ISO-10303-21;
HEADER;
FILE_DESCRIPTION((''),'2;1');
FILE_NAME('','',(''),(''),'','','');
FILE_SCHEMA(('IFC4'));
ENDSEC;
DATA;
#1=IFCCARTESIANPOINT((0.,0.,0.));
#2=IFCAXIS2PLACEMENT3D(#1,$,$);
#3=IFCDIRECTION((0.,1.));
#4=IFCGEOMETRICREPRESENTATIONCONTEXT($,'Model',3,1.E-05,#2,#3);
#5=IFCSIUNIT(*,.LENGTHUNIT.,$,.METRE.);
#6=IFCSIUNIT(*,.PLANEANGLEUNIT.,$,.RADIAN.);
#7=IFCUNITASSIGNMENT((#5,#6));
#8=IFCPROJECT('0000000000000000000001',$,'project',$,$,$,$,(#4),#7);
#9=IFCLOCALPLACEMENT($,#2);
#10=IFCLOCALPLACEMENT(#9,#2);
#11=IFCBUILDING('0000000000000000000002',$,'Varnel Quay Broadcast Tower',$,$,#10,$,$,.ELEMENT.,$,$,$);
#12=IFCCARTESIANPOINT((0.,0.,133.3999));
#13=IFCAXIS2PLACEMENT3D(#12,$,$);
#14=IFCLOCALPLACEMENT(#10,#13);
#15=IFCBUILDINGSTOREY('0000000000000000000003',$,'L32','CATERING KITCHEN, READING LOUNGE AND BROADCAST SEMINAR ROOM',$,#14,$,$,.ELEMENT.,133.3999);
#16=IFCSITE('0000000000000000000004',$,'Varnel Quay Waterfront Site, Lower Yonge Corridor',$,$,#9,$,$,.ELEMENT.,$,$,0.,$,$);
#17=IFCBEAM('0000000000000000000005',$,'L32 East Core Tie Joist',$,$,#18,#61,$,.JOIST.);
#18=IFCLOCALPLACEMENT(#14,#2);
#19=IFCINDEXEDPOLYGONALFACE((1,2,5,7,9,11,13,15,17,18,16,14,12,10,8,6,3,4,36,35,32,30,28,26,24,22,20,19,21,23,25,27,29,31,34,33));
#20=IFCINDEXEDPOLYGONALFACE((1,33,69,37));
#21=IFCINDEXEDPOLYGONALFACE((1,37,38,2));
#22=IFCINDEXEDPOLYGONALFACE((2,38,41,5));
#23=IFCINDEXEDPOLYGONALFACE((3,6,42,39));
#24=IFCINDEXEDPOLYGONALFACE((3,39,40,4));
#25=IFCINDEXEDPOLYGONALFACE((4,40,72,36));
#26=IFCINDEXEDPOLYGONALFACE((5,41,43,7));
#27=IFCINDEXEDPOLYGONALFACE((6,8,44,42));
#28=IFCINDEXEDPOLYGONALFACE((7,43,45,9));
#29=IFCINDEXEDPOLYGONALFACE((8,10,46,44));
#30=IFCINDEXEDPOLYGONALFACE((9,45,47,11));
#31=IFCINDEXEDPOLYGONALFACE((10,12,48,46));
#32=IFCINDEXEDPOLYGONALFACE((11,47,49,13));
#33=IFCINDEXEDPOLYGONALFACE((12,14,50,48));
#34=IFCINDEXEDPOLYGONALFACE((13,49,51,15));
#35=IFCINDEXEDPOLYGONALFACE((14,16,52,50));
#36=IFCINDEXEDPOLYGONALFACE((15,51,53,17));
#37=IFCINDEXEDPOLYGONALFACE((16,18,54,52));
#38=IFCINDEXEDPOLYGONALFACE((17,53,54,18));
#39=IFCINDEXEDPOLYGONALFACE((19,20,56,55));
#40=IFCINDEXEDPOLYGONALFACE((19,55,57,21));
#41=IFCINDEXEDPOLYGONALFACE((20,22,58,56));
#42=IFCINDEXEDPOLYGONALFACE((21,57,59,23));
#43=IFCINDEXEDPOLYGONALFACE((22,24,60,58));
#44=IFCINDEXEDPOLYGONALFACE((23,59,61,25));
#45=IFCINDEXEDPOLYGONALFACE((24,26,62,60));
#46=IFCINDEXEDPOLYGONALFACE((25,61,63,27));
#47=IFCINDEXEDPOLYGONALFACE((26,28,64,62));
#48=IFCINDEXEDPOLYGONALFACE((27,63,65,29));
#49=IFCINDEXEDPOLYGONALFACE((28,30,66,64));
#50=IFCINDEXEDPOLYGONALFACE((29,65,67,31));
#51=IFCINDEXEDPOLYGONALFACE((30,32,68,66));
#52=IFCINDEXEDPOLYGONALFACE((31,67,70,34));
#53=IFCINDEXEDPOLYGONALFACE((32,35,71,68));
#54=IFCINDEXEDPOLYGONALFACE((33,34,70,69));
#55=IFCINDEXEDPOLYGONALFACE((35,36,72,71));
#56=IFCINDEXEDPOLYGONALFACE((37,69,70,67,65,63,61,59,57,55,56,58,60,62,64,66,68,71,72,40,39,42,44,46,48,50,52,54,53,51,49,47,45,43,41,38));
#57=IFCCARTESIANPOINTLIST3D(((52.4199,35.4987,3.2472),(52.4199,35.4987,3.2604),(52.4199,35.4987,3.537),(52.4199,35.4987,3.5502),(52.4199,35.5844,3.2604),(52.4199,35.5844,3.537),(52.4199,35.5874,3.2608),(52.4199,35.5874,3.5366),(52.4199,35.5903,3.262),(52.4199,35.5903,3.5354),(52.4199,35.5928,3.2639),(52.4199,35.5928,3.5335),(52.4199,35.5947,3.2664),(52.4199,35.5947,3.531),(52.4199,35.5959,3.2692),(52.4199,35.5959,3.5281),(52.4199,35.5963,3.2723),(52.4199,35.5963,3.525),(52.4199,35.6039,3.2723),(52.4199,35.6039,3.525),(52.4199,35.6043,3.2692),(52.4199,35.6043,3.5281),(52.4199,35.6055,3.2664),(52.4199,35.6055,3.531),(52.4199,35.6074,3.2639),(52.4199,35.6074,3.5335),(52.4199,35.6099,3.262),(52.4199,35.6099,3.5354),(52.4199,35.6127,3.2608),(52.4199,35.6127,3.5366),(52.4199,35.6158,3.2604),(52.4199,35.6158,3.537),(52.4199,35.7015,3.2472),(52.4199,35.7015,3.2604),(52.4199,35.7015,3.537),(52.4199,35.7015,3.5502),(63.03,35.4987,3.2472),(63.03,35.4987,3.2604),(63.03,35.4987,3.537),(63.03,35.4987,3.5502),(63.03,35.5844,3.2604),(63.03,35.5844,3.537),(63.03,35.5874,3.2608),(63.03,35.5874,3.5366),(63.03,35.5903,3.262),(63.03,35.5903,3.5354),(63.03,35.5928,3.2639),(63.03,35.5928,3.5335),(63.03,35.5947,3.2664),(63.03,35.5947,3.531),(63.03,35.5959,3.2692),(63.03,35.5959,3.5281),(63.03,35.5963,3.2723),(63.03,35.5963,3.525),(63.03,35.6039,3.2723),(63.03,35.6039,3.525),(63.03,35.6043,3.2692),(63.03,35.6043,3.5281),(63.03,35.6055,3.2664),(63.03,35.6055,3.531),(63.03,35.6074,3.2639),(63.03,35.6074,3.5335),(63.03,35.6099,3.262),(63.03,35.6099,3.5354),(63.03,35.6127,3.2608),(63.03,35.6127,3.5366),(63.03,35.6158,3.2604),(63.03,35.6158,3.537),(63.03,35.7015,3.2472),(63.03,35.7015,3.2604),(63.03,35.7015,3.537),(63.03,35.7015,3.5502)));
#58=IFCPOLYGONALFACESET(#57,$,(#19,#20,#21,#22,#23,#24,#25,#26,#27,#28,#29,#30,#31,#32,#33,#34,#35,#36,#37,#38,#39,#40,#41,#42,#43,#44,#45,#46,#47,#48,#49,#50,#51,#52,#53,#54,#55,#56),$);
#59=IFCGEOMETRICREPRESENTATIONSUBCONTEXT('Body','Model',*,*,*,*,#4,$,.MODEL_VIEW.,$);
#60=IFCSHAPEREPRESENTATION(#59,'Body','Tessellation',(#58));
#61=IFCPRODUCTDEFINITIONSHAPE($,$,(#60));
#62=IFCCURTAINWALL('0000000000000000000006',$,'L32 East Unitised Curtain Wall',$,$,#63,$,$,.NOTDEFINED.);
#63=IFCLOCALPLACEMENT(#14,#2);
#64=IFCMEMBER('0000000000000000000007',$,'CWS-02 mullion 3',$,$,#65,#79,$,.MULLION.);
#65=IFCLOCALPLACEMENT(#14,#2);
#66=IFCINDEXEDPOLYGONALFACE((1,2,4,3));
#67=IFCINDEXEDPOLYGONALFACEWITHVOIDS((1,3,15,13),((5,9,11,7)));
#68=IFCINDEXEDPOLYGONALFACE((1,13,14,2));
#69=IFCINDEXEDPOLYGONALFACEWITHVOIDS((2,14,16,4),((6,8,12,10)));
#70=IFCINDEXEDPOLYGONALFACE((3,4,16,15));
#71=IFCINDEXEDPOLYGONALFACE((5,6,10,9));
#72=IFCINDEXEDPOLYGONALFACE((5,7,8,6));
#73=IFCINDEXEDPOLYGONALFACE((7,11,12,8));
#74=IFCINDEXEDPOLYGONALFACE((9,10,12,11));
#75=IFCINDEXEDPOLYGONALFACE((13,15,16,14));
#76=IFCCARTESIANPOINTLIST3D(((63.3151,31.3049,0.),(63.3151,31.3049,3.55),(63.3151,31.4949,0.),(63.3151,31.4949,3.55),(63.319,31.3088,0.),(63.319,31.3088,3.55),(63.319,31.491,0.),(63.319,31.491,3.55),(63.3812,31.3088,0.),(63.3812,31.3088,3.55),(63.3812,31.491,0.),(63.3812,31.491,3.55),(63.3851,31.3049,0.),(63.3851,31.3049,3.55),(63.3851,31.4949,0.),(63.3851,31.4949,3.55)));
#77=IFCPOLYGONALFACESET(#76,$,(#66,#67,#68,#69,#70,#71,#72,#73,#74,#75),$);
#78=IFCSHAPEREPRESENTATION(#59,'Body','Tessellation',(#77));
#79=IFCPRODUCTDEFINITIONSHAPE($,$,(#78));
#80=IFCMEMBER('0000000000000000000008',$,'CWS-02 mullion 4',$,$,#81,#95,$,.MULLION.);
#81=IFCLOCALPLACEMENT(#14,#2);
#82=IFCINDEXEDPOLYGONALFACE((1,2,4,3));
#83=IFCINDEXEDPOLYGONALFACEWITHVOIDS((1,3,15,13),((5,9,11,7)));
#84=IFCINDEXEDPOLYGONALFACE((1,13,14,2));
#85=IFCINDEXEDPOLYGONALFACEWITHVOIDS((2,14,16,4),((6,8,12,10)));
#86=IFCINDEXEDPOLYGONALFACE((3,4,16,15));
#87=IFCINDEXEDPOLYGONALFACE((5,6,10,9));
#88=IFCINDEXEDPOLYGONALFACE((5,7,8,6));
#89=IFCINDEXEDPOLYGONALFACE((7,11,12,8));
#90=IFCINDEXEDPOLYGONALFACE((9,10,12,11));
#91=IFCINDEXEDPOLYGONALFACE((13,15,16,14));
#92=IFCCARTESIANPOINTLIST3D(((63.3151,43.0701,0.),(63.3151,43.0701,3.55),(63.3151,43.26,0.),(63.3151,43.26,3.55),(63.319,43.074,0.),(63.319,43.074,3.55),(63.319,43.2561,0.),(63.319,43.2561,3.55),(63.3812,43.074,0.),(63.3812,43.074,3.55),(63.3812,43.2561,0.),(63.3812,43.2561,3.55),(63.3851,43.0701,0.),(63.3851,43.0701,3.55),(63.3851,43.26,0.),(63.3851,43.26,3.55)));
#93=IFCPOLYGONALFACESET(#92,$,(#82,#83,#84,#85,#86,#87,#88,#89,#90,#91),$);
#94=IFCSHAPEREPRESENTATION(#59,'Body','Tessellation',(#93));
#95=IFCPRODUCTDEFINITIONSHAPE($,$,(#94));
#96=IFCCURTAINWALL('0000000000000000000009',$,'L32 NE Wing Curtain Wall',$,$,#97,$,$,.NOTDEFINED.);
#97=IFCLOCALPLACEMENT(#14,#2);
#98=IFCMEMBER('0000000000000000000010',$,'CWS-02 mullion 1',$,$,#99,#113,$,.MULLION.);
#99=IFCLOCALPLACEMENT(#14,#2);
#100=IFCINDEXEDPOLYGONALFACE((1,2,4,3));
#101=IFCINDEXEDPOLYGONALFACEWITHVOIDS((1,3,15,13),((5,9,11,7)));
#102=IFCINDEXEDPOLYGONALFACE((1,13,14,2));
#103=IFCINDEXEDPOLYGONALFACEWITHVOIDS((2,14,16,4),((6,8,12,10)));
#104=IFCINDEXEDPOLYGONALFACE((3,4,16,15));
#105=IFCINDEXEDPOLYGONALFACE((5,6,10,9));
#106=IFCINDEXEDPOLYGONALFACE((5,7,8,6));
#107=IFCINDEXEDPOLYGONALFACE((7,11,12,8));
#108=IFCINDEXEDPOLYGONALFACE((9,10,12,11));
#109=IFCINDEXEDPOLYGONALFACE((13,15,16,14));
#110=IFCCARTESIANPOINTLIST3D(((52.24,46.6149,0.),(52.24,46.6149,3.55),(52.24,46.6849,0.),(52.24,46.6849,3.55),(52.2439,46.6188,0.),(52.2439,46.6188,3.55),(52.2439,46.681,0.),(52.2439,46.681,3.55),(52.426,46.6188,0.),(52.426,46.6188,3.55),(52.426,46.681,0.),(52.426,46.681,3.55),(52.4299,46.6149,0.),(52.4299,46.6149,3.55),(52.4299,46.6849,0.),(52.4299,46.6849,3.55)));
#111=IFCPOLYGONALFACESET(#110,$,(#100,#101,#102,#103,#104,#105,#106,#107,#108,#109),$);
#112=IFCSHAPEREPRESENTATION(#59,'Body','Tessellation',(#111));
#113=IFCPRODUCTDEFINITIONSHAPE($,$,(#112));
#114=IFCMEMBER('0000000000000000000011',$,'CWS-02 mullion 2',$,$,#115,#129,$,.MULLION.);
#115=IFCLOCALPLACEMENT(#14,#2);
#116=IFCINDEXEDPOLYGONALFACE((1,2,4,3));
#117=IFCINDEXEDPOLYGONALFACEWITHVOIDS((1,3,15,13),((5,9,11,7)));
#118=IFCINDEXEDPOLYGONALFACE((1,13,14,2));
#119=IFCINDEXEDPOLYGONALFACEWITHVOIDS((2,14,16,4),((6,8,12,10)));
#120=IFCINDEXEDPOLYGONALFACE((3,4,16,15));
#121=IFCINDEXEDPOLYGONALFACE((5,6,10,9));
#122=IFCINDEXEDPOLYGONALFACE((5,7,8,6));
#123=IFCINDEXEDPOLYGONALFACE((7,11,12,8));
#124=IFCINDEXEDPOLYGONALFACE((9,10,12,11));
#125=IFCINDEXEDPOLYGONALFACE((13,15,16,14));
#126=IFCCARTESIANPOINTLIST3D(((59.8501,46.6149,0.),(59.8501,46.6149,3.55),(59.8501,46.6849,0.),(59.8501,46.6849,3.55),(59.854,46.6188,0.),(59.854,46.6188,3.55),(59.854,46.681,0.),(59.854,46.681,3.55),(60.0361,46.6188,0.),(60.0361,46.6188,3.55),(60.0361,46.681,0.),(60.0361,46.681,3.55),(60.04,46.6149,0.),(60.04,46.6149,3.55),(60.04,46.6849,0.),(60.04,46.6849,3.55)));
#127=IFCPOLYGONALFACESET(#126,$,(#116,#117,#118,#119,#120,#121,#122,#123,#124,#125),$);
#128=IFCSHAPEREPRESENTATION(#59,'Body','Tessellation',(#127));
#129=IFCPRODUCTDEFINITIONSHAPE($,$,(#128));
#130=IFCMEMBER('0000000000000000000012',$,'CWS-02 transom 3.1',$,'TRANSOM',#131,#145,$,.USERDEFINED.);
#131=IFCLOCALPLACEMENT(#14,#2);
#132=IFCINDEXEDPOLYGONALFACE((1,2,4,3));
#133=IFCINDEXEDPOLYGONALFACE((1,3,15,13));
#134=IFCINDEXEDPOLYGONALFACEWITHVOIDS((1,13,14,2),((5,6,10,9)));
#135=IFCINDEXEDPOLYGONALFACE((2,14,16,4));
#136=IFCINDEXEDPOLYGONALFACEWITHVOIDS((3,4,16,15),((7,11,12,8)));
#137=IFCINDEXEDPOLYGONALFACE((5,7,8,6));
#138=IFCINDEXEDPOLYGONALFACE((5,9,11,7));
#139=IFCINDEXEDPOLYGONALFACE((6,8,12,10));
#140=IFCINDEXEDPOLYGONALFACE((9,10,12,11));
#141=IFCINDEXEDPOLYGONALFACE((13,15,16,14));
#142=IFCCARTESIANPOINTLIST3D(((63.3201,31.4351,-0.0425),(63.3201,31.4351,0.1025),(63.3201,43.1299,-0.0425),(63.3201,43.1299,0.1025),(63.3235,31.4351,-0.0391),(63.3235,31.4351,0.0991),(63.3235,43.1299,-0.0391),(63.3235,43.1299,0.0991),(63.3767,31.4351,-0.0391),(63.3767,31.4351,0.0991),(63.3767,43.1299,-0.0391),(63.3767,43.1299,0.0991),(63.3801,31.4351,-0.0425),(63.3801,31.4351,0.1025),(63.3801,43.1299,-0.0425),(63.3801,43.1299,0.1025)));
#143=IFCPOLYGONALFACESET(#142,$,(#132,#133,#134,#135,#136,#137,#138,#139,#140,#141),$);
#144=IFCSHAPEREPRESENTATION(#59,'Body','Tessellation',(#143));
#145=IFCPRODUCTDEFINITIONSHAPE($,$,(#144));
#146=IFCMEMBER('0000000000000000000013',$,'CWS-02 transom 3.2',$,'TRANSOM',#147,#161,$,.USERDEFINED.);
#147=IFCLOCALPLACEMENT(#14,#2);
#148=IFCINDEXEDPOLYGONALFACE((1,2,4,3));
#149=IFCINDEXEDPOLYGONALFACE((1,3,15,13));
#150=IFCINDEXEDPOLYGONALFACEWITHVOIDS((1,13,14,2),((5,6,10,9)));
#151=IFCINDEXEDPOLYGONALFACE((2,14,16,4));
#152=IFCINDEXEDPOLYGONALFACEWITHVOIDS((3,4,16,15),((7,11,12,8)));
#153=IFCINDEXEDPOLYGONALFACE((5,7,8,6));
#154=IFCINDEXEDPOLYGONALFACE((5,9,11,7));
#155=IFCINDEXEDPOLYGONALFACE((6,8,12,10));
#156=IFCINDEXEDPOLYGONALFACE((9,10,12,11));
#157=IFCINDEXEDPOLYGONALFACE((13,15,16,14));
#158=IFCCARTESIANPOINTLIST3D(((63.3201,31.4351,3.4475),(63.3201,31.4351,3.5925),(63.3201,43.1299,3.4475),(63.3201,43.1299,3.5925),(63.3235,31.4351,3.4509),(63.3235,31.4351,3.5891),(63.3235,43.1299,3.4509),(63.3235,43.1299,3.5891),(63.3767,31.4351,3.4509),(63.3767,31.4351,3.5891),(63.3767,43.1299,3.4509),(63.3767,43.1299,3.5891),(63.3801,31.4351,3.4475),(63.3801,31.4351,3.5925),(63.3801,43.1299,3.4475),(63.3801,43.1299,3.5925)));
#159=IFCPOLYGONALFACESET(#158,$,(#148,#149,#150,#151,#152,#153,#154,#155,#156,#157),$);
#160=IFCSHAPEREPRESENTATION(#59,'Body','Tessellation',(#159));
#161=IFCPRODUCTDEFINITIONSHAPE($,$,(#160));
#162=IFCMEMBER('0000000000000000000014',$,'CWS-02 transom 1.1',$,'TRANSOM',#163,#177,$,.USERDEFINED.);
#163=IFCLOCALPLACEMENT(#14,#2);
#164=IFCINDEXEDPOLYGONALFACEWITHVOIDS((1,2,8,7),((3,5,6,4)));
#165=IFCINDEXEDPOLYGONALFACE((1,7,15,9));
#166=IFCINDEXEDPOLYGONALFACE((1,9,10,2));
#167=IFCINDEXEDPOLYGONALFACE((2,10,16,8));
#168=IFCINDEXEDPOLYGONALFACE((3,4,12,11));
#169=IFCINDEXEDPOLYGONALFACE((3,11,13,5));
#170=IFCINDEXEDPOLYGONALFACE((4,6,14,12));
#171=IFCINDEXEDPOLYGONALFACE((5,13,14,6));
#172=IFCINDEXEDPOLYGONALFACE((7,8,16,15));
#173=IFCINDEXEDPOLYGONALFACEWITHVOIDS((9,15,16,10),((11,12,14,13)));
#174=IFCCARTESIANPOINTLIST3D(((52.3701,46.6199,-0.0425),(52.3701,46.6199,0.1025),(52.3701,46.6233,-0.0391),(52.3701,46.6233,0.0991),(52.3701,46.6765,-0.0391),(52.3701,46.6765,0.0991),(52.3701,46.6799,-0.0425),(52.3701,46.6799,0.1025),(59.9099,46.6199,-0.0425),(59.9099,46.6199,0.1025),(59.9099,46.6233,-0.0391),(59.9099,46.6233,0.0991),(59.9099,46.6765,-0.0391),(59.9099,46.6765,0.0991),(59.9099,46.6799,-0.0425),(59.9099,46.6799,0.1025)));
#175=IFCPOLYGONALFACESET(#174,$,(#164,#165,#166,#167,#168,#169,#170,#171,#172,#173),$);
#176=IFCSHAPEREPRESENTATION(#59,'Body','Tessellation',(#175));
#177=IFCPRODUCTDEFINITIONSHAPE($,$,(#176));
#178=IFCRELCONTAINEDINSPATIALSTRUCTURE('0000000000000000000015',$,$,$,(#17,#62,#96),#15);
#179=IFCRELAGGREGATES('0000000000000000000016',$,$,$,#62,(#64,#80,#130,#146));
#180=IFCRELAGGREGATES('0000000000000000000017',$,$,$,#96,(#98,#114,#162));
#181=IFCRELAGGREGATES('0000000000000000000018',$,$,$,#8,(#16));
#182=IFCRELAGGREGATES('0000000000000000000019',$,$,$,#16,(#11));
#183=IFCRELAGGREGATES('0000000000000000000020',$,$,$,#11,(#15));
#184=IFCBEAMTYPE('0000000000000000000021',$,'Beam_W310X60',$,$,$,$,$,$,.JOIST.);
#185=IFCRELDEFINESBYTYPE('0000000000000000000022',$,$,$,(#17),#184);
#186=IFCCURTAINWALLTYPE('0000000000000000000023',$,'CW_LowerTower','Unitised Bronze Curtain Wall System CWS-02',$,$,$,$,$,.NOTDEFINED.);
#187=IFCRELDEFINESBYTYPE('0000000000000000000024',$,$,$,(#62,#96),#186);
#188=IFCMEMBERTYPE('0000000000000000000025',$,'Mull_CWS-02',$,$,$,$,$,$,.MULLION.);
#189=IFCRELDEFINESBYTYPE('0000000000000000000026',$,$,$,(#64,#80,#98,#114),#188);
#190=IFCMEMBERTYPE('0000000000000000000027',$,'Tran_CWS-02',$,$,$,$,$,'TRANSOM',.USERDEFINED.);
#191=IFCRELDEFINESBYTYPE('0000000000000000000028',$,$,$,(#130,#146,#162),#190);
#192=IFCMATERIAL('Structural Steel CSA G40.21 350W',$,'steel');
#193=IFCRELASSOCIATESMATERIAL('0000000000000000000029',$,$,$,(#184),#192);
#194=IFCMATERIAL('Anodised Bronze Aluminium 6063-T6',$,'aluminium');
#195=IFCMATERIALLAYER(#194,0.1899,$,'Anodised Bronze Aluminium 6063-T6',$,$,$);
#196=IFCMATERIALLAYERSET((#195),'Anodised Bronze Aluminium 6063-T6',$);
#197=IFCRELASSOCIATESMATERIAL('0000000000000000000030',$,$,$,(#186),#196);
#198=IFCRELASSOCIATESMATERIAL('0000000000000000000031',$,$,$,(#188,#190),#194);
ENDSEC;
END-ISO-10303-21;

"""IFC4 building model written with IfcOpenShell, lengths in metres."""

from ifc_helpers import new_model, si_unit, direction, frame, origin, origin_2d, place, context, subcontext, project, spatial, hollow_rectangle, i_section, extrude, source, transform, mapped, material, layer, layer_set, material_profile, profile_set, type_object, type_shapes, element, aggregate, save


model = new_model("IFC4")

# Units and contexts
model_context = context("Model", 3, precision=1e-05, world=origin(), true_north=direction((0.0, 1.0)))
body_context = subcontext(model_context, "Body", "Model", "MODEL_VIEW")
ifc_project = project(units=[si_unit("LENGTHUNIT", "METRE"), si_unit("PLANEANGLEUNIT", "RADIAN")], contexts=[model_context])

# Site, building, storey
site_placement = place(None, origin())
site = spatial("IfcSite", under=ifc_project, at=site_placement, Name="Varnel Quay Waterfront Site, Lower Yonge Corridor", CompositionType="ELEMENT", RefElevation=0.0)
building_placement = place(site_placement, origin())
building = spatial("IfcBuilding", under=site, at=building_placement, Name="Varnel Quay Broadcast Tower", CompositionType="ELEMENT")
storey_placement = place(building_placement, frame((0.0, 0.0, 133.3999)))
storey = spatial("IfcBuildingStorey", under=building, at=storey_placement, Name="L32", Description="CATERING KITCHEN, READING LOUNGE AND BROADCAST SEMINAR ROOM", CompositionType="ELEMENT", Elevation=133.3999)

# Shared definitions
ifc_material_1 = material(Name="Structural Steel CSA G40.21 350W", Category="steel")

# Beam
ifc_material_profile_1 = material_profile(ifc_material_1, i_section(OverallWidth=0.2029, OverallDepth=0.303, WebThickness=0.0076, FlangeThickness=0.0132, FilletRadius=0.012, at=origin_2d()), Name="W310X60")
ifc_profile_set_1 = profile_set([ifc_material_profile_1], Name="Structural Steel CSA G40.21 350W")
beam_type_1 = type_object("IfcBeamType", Name="Beam_W310X60", PredefinedType="JOIST", material=ifc_profile_set_1)
shared_shape_1 = source(origin(), body_context, "Body", "SweptSolid", [
    extrude(i_section(OverallWidth=0.2029, OverallDepth=0.303, WebThickness=0.0076, FlangeThickness=0.0132, FilletRadius=0.012, at=origin_2d()), origin(), (0.0, 0.0, 1.0), 10.6101),
])
type_shapes(beam_type_1, [shared_shape_1])
beam_1_placement = place(storey_placement, frame((52.4199, 35.6001, 3.3987), z_axis=(1.0, 0.0, 0.0), x_axis=(0.0, 1.0, 0.0)))
element("IfcBeam", 1, at=beam_1_placement, inside=storey, type_object=beam_type_1, Name="L32 East Core Tie Joist", PredefinedType="JOIST", context=body_context, shape_type="MappedRepresentation", body=[
    mapped(shared_shape_1, transform((0.0, 0.0, 0.0), x_axis=(1.0, 0.0, 0.0), y_axis=(0.0, 1.0, 0.0), z_axis=(0.0, 0.0, 1.0), scale=1.0)),
])

# Curtain walls, members
ifc_material_2 = material(Name="Anodised Bronze Aluminium 6063-T6", Category="aluminium")
ifc_layer_1 = layer(ifc_material_2, 0.1899, Name="Anodised Bronze Aluminium 6063-T6")
ifc_layer_set_1 = layer_set([ifc_layer_1], Name="Anodised Bronze Aluminium 6063-T6")
curtain_wall_type = type_object("IfcCurtainWallType", Name="CW_LowerTower", Description="Unitised Bronze Curtain Wall System CWS-02", PredefinedType="NOTDEFINED", material=ifc_layer_set_1)
curtain_wall_1_placement = place(storey_placement, origin())
curtain_wall_1 = element("IfcCurtainWall", 2, at=curtain_wall_1_placement, inside=storey, type_object=curtain_wall_type, Name="L32 East Unitised Curtain Wall", PredefinedType="NOTDEFINED")
ifc_material_profile_2 = material_profile(ifc_material_2, hollow_rectangle(XDim=0.0701, YDim=0.1899, WallThickness=0.0039, at=origin_2d()), Name="ALU70X190X4")
ifc_profile_set_2 = profile_set([ifc_material_profile_2], Name="Anodised Bronze Aluminium 6063-T6")
member_type_1 = type_object("IfcMemberType", Name="Mull_CWS-02", PredefinedType="MULLION", material=ifc_profile_set_2)
shared_shape_2 = source(origin(), body_context, "Body", "SweptSolid", [
    extrude(hollow_rectangle(XDim=0.0701, YDim=0.1899, WallThickness=0.0039, at=origin_2d()), origin(), (0.0, 0.0, 1.0), 3.55),
])
type_shapes(member_type_1, [shared_shape_2])
member_1_placement = place(storey_placement, frame((63.3501, 31.3999, 0.0), z_axis=(0.0, 0.0, 1.0), x_axis=(-1.0, 0.0, 0.0)))
member_1 = element("IfcMember", 3, at=member_1_placement, type_object=member_type_1, Name="CWS-02 mullion 3", PredefinedType="MULLION", context=body_context, shape_type="MappedRepresentation", body=[
    mapped(shared_shape_2, transform((0.0, 0.0, 0.0), x_axis=(1.0, 0.0, 0.0), y_axis=(0.0, 1.0, 0.0), z_axis=(0.0, 0.0, 1.0), scale=1.0)),
])
member_2_placement = place(storey_placement, frame((63.3501, 43.165, 0.0), z_axis=(0.0, 0.0, 1.0), x_axis=(-1.0, 0.0, 0.0)))
member_2 = element("IfcMember", 4, at=member_2_placement, type_object=member_type_1, Name="CWS-02 mullion 4", PredefinedType="MULLION", context=body_context, shape_type="MappedRepresentation", body=[
    mapped(shared_shape_2, transform((0.0, 0.0, 0.0), x_axis=(1.0, 0.0, 0.0), y_axis=(0.0, 1.0, 0.0), z_axis=(0.0, 0.0, 1.0), scale=1.0)),
])
curtain_wall_2_placement = place(storey_placement, origin())
curtain_wall_2 = element("IfcCurtainWall", 5, at=curtain_wall_2_placement, inside=storey, type_object=curtain_wall_type, Name="L32 NE Wing Curtain Wall", PredefinedType="NOTDEFINED")
member_3_placement = place(storey_placement, frame((52.335, 46.6499, 0.0), z_axis=(0.0, 0.0, 1.0), x_axis=(0.0, 1.0, 0.0)))
member_3 = element("IfcMember", 6, at=member_3_placement, type_object=member_type_1, Name="CWS-02 mullion 1", PredefinedType="MULLION", context=body_context, shape_type="MappedRepresentation", body=[
    mapped(shared_shape_2, transform((0.0, 0.0, 0.0), x_axis=(1.0, 0.0, 0.0), y_axis=(0.0, 1.0, 0.0), z_axis=(0.0, 0.0, 1.0), scale=1.0)),
])
member_4_placement = place(storey_placement, frame((59.9451, 46.6499, 0.0), z_axis=(0.0, 0.0, 1.0), x_axis=(0.0, 1.0, 0.0)))
member_4 = element("IfcMember", 7, at=member_4_placement, type_object=member_type_1, Name="CWS-02 mullion 2", PredefinedType="MULLION", context=body_context, shape_type="MappedRepresentation", body=[
    mapped(shared_shape_2, transform((0.0, 0.0, 0.0), x_axis=(1.0, 0.0, 0.0), y_axis=(0.0, 1.0, 0.0), z_axis=(0.0, 0.0, 1.0), scale=1.0)),
])

# Members
ifc_material_profile_3 = material_profile(ifc_material_2, hollow_rectangle(XDim=0.0601, YDim=0.145, WallThickness=0.0034, at=origin_2d()), Name="ALU60X145X3.5")
ifc_profile_set_3 = profile_set([ifc_material_profile_3], Name="Anodised Bronze Aluminium 6063-T6")
member_type_2 = type_object("IfcMemberType", Name="Tran_CWS-02", ElementType="TRANSOM", PredefinedType="USERDEFINED", material=ifc_profile_set_3)
shared_shape_3 = source(origin(), body_context, "Body", "SweptSolid", [
    extrude(hollow_rectangle(XDim=0.0601, YDim=0.145, WallThickness=0.0034, at=origin_2d()), origin(), (0.0, 0.0, 1.0), 11.6948),
])
member_5_placement = place(storey_placement, frame((63.3501, 31.4351, 0.03), z_axis=(0.0, 1.0, 0.0), x_axis=(-1.0, 0.0, 0.0)))
member_5 = element("IfcMember", 8, at=member_5_placement, type_object=member_type_2, Name="CWS-02 transom 3.1", ObjectType="TRANSOM", PredefinedType="USERDEFINED", context=body_context, shape_type="MappedRepresentation", body=[
    mapped(shared_shape_3, transform((0.0, 0.0, 0.0), x_axis=(1.0, 0.0, 0.0), y_axis=(0.0, 1.0, 0.0), z_axis=(0.0, 0.0, 1.0), scale=1.0)),
])
member_6_placement = place(storey_placement, frame((63.3501, 31.4351, 3.52), z_axis=(0.0, 1.0, 0.0), x_axis=(-1.0, 0.0, 0.0)))
member_6 = element("IfcMember", 9, at=member_6_placement, type_object=member_type_2, Name="CWS-02 transom 3.2", ObjectType="TRANSOM", PredefinedType="USERDEFINED", context=body_context, shape_type="MappedRepresentation", body=[
    mapped(shared_shape_3, transform((0.0, 0.0, 0.0), x_axis=(1.0, 0.0, 0.0), y_axis=(0.0, 1.0, 0.0), z_axis=(0.0, 0.0, 1.0), scale=1.0)),
])
shared_shape_4 = source(origin(), body_context, "Body", "SweptSolid", [
    extrude(hollow_rectangle(XDim=0.0601, YDim=0.145, WallThickness=0.0034, at=origin_2d()), origin(), (0.0, 0.0, 1.0), 7.5398),
])
type_shapes(member_type_2, [shared_shape_3, shared_shape_4])
member_7_placement = place(storey_placement, frame((52.3701, 46.6499, 0.03), z_axis=(1.0, 0.0, 0.0), x_axis=(0.0, 1.0, 0.0)))
member_7 = element("IfcMember", 10, at=member_7_placement, type_object=member_type_2, Name="CWS-02 transom 1.1", ObjectType="TRANSOM", PredefinedType="USERDEFINED", context=body_context, shape_type="MappedRepresentation", body=[
    mapped(shared_shape_4, transform((0.0, 0.0, 0.0), x_axis=(1.0, 0.0, 0.0), y_axis=(0.0, 1.0, 0.0), z_axis=(0.0, 0.0, 1.0), scale=1.0)),
])

aggregate(curtain_wall_1, [member_1, member_2, member_5, member_6])
aggregate(curtain_wall_2, [member_3, member_4, member_7])

save(model, "model.ifc")
